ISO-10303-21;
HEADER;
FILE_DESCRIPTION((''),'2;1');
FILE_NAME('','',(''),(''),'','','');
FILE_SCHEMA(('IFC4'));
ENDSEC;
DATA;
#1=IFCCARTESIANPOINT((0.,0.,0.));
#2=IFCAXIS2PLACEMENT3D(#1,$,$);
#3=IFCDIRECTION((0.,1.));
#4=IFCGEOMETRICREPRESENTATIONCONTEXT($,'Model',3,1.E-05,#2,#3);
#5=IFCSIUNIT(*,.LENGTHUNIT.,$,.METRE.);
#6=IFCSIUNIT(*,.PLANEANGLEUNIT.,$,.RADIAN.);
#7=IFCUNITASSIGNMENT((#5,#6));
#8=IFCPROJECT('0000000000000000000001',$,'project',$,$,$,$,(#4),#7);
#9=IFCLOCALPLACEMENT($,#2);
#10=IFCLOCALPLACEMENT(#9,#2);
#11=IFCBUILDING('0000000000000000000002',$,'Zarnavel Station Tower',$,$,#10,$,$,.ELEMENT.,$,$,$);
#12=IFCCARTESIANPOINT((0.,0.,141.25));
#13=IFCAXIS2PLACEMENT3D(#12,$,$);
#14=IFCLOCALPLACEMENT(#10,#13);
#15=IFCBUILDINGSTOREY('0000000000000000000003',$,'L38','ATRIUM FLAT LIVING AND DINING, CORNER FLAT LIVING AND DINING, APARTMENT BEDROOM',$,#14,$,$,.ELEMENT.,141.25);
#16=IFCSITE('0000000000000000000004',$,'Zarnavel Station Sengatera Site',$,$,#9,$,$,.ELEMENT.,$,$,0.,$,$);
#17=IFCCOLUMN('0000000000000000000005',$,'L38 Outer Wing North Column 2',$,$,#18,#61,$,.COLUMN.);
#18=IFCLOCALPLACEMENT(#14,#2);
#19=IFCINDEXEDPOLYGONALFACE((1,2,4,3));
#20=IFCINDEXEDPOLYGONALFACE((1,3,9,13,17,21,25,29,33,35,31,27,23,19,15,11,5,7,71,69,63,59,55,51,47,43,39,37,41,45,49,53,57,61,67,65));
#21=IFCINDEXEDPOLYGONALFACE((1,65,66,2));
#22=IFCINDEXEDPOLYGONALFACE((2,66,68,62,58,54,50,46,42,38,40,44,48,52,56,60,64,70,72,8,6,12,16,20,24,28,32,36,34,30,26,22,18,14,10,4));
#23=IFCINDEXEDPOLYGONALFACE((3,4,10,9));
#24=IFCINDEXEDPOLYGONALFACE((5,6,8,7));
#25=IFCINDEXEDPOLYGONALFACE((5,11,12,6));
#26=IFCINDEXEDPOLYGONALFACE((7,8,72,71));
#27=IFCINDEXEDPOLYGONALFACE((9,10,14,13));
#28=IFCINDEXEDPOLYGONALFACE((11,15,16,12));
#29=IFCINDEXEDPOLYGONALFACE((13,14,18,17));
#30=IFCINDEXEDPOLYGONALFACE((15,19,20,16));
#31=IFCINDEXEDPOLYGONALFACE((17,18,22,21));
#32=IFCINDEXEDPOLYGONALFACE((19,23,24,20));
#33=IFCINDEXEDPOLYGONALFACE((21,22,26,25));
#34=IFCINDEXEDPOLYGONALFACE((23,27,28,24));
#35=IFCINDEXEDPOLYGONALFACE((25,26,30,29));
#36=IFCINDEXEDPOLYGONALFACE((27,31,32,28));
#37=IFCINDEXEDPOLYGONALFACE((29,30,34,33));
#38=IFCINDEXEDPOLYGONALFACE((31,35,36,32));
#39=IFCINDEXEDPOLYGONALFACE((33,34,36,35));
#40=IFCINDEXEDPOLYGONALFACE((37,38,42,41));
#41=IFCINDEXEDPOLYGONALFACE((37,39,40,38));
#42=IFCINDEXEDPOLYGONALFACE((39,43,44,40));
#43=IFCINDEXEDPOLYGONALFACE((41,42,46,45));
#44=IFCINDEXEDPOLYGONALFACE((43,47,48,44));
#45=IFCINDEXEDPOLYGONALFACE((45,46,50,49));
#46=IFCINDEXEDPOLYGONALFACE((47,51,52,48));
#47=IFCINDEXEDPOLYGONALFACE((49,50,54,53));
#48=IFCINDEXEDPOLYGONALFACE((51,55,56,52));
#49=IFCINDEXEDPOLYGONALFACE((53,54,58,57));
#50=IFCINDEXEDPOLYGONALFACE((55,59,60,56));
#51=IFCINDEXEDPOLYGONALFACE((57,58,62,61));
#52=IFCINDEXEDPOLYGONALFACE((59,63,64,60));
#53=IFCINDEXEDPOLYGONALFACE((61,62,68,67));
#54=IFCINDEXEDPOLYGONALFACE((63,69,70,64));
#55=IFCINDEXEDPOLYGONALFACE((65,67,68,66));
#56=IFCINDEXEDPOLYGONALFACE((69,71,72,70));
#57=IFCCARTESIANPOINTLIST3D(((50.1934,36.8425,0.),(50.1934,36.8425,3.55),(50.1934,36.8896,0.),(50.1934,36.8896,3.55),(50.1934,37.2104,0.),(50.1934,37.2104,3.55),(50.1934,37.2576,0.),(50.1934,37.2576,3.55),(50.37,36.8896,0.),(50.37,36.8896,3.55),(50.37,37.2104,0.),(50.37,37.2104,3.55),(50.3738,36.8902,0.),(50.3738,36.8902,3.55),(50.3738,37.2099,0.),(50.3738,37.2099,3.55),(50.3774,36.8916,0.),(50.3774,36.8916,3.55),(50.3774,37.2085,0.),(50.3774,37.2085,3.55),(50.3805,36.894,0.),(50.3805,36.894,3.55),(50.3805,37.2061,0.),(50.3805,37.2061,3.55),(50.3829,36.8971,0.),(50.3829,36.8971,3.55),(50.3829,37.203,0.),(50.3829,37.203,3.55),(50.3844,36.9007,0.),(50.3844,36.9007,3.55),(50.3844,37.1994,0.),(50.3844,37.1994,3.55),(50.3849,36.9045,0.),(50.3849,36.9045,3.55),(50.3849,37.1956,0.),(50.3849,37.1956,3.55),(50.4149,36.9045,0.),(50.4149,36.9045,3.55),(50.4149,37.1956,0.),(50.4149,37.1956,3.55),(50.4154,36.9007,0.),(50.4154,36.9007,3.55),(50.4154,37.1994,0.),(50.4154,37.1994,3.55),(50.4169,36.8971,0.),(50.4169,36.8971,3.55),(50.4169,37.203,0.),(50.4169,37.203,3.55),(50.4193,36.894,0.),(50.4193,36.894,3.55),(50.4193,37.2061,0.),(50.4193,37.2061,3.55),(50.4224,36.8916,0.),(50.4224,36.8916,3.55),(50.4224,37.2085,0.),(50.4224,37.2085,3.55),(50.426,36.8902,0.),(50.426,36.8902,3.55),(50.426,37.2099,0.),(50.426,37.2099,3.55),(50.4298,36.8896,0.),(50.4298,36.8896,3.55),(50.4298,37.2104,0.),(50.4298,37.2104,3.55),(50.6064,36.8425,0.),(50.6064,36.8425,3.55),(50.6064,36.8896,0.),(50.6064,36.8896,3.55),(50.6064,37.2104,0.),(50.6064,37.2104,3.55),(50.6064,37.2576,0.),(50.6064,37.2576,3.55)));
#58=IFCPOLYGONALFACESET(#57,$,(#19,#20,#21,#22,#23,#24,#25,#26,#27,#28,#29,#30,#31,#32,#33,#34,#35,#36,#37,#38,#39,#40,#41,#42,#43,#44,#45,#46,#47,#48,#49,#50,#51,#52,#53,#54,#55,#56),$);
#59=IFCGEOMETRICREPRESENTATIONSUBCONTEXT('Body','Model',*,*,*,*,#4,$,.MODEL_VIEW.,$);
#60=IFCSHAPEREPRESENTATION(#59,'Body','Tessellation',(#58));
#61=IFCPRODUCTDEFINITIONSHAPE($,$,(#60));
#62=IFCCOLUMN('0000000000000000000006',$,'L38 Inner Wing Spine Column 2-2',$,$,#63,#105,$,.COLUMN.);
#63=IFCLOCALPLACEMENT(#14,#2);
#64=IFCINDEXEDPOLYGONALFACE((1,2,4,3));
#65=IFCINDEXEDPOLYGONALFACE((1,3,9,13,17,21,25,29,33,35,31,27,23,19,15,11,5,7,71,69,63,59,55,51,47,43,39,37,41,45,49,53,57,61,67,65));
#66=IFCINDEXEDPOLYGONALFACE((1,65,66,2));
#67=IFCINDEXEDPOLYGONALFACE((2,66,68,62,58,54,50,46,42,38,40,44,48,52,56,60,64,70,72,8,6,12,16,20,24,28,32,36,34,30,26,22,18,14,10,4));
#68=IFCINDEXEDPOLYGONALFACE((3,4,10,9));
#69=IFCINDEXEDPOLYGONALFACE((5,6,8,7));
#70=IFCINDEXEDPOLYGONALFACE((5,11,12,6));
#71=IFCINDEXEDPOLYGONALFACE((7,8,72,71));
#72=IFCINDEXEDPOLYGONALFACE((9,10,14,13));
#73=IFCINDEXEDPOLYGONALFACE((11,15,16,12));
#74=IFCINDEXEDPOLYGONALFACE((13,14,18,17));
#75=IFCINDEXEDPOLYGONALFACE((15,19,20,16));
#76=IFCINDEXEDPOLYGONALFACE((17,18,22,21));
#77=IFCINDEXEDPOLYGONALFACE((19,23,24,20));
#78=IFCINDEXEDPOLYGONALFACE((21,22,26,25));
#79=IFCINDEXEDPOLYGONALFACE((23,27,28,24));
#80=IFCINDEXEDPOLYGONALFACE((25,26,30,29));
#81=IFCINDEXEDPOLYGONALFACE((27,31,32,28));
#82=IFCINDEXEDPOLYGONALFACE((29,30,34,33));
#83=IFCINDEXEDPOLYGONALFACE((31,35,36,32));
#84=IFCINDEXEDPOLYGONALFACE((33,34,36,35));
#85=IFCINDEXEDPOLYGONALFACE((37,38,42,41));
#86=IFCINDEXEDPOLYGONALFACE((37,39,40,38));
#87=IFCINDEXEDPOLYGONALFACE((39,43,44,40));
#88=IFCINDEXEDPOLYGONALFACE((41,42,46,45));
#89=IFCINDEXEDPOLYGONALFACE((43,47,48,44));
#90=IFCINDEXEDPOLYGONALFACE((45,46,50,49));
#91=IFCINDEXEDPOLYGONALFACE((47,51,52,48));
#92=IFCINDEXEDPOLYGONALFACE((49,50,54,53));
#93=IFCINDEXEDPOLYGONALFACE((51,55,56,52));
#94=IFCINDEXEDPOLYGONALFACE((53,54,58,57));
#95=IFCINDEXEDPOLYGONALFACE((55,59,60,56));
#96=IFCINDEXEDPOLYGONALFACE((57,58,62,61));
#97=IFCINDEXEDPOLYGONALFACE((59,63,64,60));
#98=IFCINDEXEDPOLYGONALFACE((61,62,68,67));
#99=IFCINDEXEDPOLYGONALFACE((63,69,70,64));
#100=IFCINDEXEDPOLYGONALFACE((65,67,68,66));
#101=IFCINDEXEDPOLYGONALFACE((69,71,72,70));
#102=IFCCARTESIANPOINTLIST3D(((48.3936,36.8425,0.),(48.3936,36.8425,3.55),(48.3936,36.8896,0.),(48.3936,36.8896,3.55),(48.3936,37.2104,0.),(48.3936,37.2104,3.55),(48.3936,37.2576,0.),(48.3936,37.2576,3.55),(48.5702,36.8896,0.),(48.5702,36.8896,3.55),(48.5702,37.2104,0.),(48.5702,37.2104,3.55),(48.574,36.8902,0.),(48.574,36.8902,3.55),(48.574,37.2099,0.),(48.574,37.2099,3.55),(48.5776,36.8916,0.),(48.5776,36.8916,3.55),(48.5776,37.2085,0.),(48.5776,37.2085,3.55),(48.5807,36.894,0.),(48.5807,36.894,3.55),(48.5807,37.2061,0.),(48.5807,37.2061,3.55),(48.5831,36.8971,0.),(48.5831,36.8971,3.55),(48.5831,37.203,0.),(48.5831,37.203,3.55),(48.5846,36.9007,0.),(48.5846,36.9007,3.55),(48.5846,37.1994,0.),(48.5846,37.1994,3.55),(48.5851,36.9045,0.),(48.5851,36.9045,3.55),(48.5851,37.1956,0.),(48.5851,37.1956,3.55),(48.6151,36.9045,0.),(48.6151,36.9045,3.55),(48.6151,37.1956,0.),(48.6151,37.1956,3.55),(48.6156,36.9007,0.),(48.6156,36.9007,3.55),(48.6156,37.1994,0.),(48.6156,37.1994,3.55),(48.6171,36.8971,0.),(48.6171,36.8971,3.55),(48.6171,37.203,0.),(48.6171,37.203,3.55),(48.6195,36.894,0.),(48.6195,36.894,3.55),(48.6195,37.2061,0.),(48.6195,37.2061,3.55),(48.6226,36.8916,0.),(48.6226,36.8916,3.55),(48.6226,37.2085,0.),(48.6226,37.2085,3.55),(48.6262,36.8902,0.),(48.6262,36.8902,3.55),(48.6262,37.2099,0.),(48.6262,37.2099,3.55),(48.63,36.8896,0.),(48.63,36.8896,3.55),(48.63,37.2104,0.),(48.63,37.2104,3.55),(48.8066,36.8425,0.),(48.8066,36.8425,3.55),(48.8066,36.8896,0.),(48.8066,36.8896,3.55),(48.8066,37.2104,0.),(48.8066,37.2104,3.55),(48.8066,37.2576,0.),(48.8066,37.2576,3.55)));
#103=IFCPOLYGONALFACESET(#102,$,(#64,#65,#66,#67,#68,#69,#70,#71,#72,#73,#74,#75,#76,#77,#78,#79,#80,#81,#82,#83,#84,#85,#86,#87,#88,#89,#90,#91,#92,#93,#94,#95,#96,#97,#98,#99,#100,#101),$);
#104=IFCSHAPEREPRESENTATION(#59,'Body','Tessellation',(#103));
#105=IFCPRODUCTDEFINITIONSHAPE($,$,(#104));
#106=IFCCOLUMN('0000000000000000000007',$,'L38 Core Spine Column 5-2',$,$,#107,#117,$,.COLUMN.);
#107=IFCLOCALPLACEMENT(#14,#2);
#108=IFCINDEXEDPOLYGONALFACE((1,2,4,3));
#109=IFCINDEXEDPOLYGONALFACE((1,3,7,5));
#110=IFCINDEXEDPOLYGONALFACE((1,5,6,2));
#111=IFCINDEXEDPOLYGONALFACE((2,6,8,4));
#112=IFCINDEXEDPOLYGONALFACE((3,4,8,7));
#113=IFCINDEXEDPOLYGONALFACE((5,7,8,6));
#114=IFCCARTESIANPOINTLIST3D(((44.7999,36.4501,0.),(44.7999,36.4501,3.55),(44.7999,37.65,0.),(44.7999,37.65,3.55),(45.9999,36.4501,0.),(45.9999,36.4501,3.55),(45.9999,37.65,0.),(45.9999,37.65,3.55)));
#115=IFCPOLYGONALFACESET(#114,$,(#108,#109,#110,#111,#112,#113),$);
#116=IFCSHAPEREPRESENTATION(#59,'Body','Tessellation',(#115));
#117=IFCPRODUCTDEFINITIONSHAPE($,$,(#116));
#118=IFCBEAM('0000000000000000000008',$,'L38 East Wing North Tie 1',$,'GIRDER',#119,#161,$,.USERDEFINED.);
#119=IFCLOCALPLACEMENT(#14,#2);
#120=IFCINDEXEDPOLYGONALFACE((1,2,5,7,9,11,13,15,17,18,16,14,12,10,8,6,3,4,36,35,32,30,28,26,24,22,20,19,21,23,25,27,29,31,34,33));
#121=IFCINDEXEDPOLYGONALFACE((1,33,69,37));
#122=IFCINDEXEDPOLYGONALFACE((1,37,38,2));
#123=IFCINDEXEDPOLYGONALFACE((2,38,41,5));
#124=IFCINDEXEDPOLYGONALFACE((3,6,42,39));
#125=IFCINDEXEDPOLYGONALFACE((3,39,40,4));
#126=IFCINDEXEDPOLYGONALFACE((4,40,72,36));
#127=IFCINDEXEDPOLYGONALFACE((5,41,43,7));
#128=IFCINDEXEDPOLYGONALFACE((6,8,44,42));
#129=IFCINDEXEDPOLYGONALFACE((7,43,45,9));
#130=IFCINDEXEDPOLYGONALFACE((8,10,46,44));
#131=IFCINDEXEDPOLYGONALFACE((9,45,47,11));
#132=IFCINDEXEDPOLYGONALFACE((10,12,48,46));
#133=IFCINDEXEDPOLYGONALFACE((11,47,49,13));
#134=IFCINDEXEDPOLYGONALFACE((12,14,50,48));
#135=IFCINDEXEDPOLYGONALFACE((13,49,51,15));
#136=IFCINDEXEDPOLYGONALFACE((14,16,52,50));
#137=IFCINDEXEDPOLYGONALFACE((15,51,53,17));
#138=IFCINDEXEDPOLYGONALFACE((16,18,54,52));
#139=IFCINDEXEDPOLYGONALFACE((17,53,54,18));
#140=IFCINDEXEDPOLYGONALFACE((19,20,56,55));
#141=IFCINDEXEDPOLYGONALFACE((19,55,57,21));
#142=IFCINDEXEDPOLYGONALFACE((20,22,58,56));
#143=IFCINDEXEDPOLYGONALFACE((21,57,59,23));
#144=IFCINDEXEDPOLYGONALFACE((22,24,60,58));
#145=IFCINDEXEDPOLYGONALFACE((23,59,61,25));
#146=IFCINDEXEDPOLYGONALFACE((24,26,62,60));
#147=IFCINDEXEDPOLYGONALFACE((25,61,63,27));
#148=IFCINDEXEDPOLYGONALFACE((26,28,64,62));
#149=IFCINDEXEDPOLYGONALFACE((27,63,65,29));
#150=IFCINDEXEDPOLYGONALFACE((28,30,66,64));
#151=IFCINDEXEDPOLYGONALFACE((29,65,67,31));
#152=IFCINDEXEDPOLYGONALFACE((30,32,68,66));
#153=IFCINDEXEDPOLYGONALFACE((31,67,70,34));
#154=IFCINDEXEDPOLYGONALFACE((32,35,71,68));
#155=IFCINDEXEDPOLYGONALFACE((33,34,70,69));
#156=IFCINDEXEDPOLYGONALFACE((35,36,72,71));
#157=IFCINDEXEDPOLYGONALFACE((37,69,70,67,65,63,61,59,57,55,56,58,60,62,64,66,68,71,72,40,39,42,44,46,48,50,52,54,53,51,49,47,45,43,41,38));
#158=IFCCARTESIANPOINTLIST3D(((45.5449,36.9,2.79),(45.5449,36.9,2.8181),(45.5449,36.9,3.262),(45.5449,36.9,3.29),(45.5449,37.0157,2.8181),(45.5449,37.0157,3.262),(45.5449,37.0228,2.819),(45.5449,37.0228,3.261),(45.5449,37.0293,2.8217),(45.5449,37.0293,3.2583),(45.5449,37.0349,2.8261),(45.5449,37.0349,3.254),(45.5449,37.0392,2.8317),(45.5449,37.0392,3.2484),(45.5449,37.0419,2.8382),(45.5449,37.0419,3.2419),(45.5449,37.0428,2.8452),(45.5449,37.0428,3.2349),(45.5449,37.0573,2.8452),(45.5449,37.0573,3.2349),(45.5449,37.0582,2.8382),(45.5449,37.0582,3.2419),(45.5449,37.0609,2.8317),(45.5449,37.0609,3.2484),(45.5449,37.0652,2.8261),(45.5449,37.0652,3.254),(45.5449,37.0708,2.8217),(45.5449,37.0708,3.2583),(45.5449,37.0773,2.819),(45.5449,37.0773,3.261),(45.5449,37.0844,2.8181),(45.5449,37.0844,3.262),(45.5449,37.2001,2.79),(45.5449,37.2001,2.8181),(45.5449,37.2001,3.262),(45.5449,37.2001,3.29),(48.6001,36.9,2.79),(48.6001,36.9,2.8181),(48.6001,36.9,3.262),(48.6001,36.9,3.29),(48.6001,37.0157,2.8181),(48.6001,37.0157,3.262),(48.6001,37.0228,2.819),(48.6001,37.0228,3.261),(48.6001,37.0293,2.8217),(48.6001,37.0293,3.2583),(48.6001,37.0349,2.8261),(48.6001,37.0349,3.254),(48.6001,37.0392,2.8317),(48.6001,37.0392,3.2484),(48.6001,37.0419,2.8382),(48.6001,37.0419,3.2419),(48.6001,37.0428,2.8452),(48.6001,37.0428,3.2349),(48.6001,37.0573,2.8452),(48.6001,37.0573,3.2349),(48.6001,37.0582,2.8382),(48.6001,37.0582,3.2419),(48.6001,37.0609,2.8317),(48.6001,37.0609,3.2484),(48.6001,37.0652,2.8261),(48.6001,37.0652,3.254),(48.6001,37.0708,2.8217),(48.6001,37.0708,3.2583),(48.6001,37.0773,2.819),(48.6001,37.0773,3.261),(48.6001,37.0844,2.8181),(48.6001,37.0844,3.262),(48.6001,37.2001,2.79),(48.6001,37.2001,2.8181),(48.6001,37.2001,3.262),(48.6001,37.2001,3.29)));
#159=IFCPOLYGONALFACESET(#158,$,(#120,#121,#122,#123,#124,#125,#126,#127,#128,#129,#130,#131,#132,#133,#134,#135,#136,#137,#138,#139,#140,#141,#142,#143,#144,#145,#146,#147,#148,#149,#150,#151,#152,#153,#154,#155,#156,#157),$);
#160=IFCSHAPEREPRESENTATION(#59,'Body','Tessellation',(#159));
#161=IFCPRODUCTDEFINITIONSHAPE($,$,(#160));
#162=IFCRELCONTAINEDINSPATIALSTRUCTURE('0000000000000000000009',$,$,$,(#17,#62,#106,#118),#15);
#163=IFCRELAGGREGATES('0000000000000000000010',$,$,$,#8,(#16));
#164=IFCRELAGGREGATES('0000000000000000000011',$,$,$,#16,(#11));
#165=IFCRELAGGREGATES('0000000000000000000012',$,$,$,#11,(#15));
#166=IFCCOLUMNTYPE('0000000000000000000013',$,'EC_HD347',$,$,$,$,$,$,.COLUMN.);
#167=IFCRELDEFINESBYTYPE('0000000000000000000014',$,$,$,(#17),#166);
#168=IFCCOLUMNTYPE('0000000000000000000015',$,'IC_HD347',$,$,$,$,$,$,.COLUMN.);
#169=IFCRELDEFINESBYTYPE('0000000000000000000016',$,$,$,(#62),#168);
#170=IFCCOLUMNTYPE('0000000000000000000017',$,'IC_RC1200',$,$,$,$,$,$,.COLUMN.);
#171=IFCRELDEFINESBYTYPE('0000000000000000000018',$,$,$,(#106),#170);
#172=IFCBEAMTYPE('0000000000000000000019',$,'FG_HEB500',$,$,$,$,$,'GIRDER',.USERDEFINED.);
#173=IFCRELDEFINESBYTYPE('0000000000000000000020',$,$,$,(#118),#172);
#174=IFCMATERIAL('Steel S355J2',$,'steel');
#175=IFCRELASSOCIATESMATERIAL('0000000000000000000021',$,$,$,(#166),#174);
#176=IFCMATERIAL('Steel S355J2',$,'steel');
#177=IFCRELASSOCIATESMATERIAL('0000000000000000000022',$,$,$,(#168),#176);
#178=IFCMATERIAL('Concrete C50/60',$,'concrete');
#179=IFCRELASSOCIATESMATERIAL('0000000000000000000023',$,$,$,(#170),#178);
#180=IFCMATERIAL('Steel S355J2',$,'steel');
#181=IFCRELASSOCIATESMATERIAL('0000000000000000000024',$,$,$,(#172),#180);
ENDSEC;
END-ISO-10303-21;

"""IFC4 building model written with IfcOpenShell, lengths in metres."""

from ifc_helpers import new_model, si_unit, direction, frame, origin, origin_2d, place, context, subcontext, project, spatial, rectangle, i_section, extrude, material, material_profile, profile_set, type_object, element, save


model = new_model("IFC4")

# Units and contexts
model_context = context("Model", 3, precision=1e-05, world=origin(), true_north=direction((0.0, 1.0)))
body_context = subcontext(model_context, "Body", "Model", "MODEL_VIEW")
ifc_project = project(units=[si_unit("LENGTHUNIT", "METRE"), si_unit("PLANEANGLEUNIT", "RADIAN")], contexts=[model_context])

# Site, building, storey
site_placement = place(None, origin())
site = spatial("IfcSite", under=ifc_project, at=site_placement, Name="Zarnavel Station Sengatera Site", CompositionType="ELEMENT", RefElevation=0.0)
building_placement = place(site_placement, origin())
building = spatial("IfcBuilding", under=site, at=building_placement, Name="Zarnavel Station Tower", CompositionType="ELEMENT")
storey_placement = place(building_placement, frame((0.0, 0.0, 141.25)))
storey = spatial("IfcBuildingStorey", under=building, at=storey_placement, Name="L38", Description="ATRIUM FLAT LIVING AND DINING, CORNER FLAT LIVING AND DINING, APARTMENT BEDROOM", CompositionType="ELEMENT", Elevation=141.25)

# Columns
ifc_material_1 = material(Name="Steel S355J2", Category="steel")
ifc_material_profile_1 = material_profile(ifc_material_1, i_section(OverallWidth=0.4131, OverallDepth=0.415, WebThickness=0.03, FlangeThickness=0.0471, FilletRadius=0.0149, at=origin_2d()), Name="HD400x347")
ifc_profile_set_1 = profile_set([ifc_material_profile_1], Name="Steel S355J2")
column_type_1 = type_object("IfcColumnType", Name="EC_HD347", PredefinedType="COLUMN", material=ifc_profile_set_1)
column_1_placement = place(storey_placement, frame((50.3999, 37.05, 0.0), z_axis=(0.0, 0.0, 1.0), x_axis=(1.0, 0.0, 0.0)))
element("IfcColumn", 1, at=column_1_placement, inside=storey, type_object=column_type_1, Name="L38 Outer Wing North Column 2", PredefinedType="COLUMN", context=body_context, shape_type="SweptSolid", body=[
    extrude(i_section(OverallWidth=0.4131, OverallDepth=0.415, WebThickness=0.03, FlangeThickness=0.0471, FilletRadius=0.0149, at=origin_2d()), origin(), (0.0, 0.0, 1.0), 3.55),
])
ifc_material_2 = material(Name="Steel S355J2", Category="steel")
ifc_material_profile_2 = material_profile(ifc_material_2, i_section(OverallWidth=0.4131, OverallDepth=0.415, WebThickness=0.03, FlangeThickness=0.0471, FilletRadius=0.0149, at=origin_2d()), Name="HD400x347")
ifc_profile_set_2 = profile_set([ifc_material_profile_2], Name="Steel S355J2")
column_type_2 = type_object("IfcColumnType", Name="IC_HD347", PredefinedType="COLUMN", material=ifc_profile_set_2)
column_2_placement = place(storey_placement, frame((48.6001, 37.05, 0.0), z_axis=(0.0, 0.0, 1.0), x_axis=(1.0, 0.0, 0.0)))
element("IfcColumn", 2, at=column_2_placement, inside=storey, type_object=column_type_2, Name="L38 Inner Wing Spine Column 2-2", PredefinedType="COLUMN", context=body_context, shape_type="SweptSolid", body=[
    extrude(i_section(OverallWidth=0.4131, OverallDepth=0.415, WebThickness=0.03, FlangeThickness=0.0471, FilletRadius=0.0149, at=origin_2d()), origin(), (0.0, 0.0, 1.0), 3.55),
])
ifc_material_3 = material(Name="Concrete C50/60", Category="concrete")
ifc_material_profile_3 = material_profile(ifc_material_3, rectangle(XDim=1.2, YDim=1.2, at=origin_2d()), Name="RC1200x1200")
ifc_profile_set_3 = profile_set([ifc_material_profile_3], Name="Concrete C50/60")
column_type_3 = type_object("IfcColumnType", Name="IC_RC1200", PredefinedType="COLUMN", material=ifc_profile_set_3)
column_3_placement = place(storey_placement, frame((45.3999, 37.05, 0.0), z_axis=(0.0, 0.0, 1.0), x_axis=(1.0, 0.0, 0.0)))
element("IfcColumn", 3, at=column_3_placement, inside=storey, type_object=column_type_3, Name="L38 Core Spine Column 5-2", PredefinedType="COLUMN", context=body_context, shape_type="SweptSolid", body=[
    extrude(rectangle(XDim=1.2, YDim=1.2, at=origin_2d()), origin(), (0.0, 0.0, 1.0), 3.55),
])

# Beam
ifc_material_4 = material(Name="Steel S355J2", Category="steel")
ifc_material_profile_4 = material_profile(ifc_material_4, i_section(OverallWidth=0.3, OverallDepth=0.5, WebThickness=0.0144, FlangeThickness=0.0281, FilletRadius=0.0271, at=origin_2d()), Name="HEB500")
ifc_profile_set_4 = profile_set([ifc_material_profile_4], Name="Steel S355J2")
beam_type_1 = type_object("IfcBeamType", Name="FG_HEB500", ElementType="GIRDER", PredefinedType="USERDEFINED", material=ifc_profile_set_4)
beam_1_placement = place(storey_placement, frame((45.5449, 37.05, 3.04), z_axis=(1.0, 0.0, 0.0), x_axis=(0.0, 1.0, 0.0)))
element("IfcBeam", 4, at=beam_1_placement, inside=storey, type_object=beam_type_1, Name="L38 East Wing North Tie 1", ObjectType="GIRDER", PredefinedType="USERDEFINED", context=body_context, shape_type="SweptSolid", body=[
    extrude(i_section(OverallWidth=0.3, OverallDepth=0.5, WebThickness=0.0144, FlangeThickness=0.0281, FilletRadius=0.0271, at=origin_2d()), origin(), (0.0, 0.0, 1.0), 3.0552),
])

save(model, "model.ifc")
